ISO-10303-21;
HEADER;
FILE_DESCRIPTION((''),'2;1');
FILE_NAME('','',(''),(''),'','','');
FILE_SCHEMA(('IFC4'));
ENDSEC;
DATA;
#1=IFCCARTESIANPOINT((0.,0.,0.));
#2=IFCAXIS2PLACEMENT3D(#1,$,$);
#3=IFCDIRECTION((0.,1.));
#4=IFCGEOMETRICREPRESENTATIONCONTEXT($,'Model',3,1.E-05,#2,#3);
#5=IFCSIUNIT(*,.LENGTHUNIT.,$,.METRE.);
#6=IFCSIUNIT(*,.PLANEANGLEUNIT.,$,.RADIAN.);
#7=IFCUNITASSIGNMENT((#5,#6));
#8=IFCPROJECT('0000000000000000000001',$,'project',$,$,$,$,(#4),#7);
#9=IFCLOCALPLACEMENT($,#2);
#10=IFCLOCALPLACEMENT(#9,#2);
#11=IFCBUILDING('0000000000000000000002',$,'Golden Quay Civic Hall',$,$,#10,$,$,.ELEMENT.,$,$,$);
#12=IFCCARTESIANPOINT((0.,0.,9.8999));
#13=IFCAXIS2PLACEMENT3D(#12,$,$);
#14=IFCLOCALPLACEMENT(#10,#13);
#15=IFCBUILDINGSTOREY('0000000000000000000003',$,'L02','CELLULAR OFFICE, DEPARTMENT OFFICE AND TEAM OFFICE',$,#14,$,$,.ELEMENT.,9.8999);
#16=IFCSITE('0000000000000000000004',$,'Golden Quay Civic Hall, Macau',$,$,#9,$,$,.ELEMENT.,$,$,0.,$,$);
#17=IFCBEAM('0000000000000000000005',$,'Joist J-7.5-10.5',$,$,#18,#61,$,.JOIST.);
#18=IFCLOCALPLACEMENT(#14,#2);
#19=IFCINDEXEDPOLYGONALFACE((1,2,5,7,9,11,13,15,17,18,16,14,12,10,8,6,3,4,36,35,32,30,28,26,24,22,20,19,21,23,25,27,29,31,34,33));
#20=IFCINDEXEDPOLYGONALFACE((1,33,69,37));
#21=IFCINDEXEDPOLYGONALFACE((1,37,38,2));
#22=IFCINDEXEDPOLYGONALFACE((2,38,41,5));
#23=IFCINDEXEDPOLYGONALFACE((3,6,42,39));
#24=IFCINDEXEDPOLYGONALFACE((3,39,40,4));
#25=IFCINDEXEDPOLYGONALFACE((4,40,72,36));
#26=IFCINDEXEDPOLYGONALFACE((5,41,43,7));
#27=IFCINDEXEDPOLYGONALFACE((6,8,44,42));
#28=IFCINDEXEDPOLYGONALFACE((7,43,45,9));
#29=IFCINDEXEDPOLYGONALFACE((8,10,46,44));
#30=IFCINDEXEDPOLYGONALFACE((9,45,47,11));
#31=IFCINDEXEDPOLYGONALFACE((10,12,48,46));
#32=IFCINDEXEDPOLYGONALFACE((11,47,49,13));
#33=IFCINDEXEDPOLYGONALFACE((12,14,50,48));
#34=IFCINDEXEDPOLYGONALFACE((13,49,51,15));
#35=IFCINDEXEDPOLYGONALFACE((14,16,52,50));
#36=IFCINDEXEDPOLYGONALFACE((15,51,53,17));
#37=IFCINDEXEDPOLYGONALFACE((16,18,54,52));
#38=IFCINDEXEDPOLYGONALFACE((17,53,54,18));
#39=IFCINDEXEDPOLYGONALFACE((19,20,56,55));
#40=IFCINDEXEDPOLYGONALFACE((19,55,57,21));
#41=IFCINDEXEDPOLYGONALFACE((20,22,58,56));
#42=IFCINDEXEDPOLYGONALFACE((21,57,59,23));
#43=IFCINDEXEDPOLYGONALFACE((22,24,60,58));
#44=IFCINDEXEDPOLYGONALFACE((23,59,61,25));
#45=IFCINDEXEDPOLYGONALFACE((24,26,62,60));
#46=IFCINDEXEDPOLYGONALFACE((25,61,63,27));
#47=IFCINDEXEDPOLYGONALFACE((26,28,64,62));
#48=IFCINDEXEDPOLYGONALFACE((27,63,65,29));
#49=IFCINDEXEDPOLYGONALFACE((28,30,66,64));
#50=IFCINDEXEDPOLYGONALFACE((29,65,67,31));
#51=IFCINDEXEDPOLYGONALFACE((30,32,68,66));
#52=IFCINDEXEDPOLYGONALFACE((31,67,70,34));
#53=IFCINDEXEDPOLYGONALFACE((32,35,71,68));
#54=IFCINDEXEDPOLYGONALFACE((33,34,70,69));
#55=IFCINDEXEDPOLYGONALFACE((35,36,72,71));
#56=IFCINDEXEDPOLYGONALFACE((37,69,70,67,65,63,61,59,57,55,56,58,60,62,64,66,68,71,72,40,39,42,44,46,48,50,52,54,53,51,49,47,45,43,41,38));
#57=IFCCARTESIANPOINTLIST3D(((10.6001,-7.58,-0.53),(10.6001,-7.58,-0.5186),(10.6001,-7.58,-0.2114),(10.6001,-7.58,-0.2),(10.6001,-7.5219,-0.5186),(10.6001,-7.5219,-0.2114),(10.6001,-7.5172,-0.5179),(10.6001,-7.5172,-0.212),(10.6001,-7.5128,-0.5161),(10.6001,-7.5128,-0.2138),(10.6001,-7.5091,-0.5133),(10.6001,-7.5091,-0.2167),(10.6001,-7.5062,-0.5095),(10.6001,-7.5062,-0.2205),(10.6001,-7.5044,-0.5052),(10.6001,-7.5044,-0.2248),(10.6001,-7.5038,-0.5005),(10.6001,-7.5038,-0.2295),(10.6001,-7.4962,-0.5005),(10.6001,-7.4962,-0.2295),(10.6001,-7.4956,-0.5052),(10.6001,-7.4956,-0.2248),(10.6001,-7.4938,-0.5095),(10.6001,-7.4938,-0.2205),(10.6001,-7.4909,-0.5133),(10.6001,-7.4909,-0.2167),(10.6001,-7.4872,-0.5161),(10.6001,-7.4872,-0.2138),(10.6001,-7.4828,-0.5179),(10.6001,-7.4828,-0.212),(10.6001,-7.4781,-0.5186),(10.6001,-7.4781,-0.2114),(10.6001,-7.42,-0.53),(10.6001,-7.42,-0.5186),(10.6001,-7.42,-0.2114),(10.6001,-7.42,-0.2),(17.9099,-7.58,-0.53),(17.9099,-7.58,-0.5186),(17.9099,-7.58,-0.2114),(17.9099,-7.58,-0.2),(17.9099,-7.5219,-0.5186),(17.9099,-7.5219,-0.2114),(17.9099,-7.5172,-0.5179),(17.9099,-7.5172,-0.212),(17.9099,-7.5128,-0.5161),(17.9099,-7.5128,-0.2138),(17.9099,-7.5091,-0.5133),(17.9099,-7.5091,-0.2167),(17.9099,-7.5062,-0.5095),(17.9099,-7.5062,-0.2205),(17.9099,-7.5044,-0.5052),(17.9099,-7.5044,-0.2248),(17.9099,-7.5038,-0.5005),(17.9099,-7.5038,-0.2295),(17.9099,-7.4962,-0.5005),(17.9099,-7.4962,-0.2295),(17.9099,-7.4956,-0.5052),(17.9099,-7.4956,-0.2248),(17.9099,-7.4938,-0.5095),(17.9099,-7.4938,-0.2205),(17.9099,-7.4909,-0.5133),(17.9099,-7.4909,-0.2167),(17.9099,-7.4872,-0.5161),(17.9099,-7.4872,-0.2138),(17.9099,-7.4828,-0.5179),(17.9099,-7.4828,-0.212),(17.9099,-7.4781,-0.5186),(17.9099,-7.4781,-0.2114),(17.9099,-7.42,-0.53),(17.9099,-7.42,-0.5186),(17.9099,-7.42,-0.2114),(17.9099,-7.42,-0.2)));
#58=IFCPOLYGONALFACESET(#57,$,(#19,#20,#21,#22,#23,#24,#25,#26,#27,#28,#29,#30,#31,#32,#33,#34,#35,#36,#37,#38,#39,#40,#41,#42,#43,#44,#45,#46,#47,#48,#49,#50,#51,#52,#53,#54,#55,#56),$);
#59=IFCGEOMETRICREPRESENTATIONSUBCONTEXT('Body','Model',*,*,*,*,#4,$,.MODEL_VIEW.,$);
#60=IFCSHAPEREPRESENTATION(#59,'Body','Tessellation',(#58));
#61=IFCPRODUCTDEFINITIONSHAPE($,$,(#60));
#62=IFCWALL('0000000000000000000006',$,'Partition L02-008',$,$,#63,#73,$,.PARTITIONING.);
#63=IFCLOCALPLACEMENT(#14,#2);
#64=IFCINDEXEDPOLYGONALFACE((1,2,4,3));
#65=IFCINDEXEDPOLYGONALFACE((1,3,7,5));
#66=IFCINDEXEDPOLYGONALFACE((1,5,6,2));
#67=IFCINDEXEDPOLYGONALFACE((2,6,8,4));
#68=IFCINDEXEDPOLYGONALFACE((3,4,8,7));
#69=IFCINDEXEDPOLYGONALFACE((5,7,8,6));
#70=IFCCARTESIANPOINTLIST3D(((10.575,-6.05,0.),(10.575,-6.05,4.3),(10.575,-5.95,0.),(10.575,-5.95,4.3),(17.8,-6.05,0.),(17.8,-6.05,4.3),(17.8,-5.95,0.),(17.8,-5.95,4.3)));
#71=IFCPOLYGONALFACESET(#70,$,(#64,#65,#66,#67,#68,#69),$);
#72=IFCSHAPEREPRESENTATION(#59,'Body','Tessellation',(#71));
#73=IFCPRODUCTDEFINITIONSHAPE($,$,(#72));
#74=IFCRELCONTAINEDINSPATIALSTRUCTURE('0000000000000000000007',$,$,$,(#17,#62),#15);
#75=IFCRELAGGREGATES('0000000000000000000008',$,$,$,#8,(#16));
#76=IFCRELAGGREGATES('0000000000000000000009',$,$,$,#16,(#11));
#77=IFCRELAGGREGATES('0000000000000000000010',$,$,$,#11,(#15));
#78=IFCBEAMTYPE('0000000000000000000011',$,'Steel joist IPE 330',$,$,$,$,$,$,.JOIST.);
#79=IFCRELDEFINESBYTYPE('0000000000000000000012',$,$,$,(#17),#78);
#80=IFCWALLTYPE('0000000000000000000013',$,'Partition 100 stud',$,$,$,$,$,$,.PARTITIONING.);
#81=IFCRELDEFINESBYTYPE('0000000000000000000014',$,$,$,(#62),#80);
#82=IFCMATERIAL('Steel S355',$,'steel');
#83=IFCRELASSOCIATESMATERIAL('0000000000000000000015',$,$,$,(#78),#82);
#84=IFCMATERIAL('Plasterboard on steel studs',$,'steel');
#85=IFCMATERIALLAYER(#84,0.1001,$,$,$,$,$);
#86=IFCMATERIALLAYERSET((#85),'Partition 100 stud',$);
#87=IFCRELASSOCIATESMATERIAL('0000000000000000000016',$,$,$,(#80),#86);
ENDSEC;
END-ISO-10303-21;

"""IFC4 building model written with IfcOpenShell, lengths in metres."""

from ifc_helpers import new_model, si_unit, direction, frame, frame_2d, origin, origin_2d, place, context, subcontext, project, spatial, rectangle, i_section, extrude, material, layer, layer_set, material_profile, profile_set, type_object, element, save


model = new_model("IFC4")

# Units and contexts
model_context = context("Model", 3, precision=1e-05, world=origin(), true_north=direction((0.0, 1.0)))
body_context = subcontext(model_context, "Body", "Model", "MODEL_VIEW")
ifc_project = project(units=[si_unit("LENGTHUNIT", "METRE"), si_unit("PLANEANGLEUNIT", "RADIAN")], contexts=[model_context])

# Site, building, storey
site_placement = place(None, origin())
site = spatial("IfcSite", under=ifc_project, at=site_placement, Name="Golden Quay Civic Hall, Macau", CompositionType="ELEMENT", RefElevation=0.0)
building_placement = place(site_placement, origin())
building = spatial("IfcBuilding", under=site, at=building_placement, Name="Golden Quay Civic Hall", CompositionType="ELEMENT")
storey_placement = place(building_placement, frame((0.0, 0.0, 9.8999)))
storey = spatial("IfcBuildingStorey", under=building, at=storey_placement, Name="L02", Description="CELLULAR OFFICE, DEPARTMENT OFFICE AND TEAM OFFICE", CompositionType="ELEMENT", Elevation=9.8999)

# Beam
ifc_material_1 = material(Name="Steel S355", Category="steel")
ifc_material_profile = material_profile(ifc_material_1, i_section(OverallWidth=0.1599, OverallDepth=0.3301, WebThickness=0.0076, FlangeThickness=0.0115, FilletRadius=0.0181, at=origin_2d()), Name="IPE 330")
ifc_profile_set = profile_set([ifc_material_profile], Name="Steel S355")
beam_type = type_object("IfcBeamType", Name="Steel joist IPE 330", PredefinedType="JOIST", material=ifc_profile_set)
beam_placement = place(storey_placement, frame((10.6001, -7.5, -0.365), z_axis=(1.0, 0.0, 0.0), x_axis=(0.0, 1.0, 0.0)))
element("IfcBeam", 1, at=beam_placement, inside=storey, type_object=beam_type, Name="Joist J-7.5-10.5", PredefinedType="JOIST", context=body_context, shape_type="SweptSolid", body=[
    extrude(i_section(OverallWidth=0.1599, OverallDepth=0.3301, WebThickness=0.0076, FlangeThickness=0.0115, FilletRadius=0.0181, at=origin_2d()), origin(), (0.0, 0.0, 1.0), 7.3098),
])

# Wall
ifc_material_2 = material(Name="Plasterboard on steel studs", Category="steel")
ifc_layer_1 = layer(ifc_material_2, 0.1001)
ifc_layer_set_1 = layer_set([ifc_layer_1], Name="Partition 100 stud")
wall_type_1 = type_object("IfcWallType", Name="Partition 100 stud", PredefinedType="PARTITIONING", material=ifc_layer_set_1)
wall_1_placement = place(storey_placement, frame((10.575, -6.0, 0.0), z_axis=(0.0, 0.0, 1.0), x_axis=(1.0, 0.0, 0.0)))
element("IfcWall", 2, at=wall_1_placement, inside=storey, type_object=wall_type_1, Name="Partition L02-008", PredefinedType="PARTITIONING", context=body_context, shape_type="SweptSolid", body=[
    extrude(rectangle(XDim=7.2251, YDim=0.1001, at=frame_2d((3.6125, 0.0))), origin(), (0.0, 0.0, 1.0), 4.3),
])

save(model, "model.ifc")
